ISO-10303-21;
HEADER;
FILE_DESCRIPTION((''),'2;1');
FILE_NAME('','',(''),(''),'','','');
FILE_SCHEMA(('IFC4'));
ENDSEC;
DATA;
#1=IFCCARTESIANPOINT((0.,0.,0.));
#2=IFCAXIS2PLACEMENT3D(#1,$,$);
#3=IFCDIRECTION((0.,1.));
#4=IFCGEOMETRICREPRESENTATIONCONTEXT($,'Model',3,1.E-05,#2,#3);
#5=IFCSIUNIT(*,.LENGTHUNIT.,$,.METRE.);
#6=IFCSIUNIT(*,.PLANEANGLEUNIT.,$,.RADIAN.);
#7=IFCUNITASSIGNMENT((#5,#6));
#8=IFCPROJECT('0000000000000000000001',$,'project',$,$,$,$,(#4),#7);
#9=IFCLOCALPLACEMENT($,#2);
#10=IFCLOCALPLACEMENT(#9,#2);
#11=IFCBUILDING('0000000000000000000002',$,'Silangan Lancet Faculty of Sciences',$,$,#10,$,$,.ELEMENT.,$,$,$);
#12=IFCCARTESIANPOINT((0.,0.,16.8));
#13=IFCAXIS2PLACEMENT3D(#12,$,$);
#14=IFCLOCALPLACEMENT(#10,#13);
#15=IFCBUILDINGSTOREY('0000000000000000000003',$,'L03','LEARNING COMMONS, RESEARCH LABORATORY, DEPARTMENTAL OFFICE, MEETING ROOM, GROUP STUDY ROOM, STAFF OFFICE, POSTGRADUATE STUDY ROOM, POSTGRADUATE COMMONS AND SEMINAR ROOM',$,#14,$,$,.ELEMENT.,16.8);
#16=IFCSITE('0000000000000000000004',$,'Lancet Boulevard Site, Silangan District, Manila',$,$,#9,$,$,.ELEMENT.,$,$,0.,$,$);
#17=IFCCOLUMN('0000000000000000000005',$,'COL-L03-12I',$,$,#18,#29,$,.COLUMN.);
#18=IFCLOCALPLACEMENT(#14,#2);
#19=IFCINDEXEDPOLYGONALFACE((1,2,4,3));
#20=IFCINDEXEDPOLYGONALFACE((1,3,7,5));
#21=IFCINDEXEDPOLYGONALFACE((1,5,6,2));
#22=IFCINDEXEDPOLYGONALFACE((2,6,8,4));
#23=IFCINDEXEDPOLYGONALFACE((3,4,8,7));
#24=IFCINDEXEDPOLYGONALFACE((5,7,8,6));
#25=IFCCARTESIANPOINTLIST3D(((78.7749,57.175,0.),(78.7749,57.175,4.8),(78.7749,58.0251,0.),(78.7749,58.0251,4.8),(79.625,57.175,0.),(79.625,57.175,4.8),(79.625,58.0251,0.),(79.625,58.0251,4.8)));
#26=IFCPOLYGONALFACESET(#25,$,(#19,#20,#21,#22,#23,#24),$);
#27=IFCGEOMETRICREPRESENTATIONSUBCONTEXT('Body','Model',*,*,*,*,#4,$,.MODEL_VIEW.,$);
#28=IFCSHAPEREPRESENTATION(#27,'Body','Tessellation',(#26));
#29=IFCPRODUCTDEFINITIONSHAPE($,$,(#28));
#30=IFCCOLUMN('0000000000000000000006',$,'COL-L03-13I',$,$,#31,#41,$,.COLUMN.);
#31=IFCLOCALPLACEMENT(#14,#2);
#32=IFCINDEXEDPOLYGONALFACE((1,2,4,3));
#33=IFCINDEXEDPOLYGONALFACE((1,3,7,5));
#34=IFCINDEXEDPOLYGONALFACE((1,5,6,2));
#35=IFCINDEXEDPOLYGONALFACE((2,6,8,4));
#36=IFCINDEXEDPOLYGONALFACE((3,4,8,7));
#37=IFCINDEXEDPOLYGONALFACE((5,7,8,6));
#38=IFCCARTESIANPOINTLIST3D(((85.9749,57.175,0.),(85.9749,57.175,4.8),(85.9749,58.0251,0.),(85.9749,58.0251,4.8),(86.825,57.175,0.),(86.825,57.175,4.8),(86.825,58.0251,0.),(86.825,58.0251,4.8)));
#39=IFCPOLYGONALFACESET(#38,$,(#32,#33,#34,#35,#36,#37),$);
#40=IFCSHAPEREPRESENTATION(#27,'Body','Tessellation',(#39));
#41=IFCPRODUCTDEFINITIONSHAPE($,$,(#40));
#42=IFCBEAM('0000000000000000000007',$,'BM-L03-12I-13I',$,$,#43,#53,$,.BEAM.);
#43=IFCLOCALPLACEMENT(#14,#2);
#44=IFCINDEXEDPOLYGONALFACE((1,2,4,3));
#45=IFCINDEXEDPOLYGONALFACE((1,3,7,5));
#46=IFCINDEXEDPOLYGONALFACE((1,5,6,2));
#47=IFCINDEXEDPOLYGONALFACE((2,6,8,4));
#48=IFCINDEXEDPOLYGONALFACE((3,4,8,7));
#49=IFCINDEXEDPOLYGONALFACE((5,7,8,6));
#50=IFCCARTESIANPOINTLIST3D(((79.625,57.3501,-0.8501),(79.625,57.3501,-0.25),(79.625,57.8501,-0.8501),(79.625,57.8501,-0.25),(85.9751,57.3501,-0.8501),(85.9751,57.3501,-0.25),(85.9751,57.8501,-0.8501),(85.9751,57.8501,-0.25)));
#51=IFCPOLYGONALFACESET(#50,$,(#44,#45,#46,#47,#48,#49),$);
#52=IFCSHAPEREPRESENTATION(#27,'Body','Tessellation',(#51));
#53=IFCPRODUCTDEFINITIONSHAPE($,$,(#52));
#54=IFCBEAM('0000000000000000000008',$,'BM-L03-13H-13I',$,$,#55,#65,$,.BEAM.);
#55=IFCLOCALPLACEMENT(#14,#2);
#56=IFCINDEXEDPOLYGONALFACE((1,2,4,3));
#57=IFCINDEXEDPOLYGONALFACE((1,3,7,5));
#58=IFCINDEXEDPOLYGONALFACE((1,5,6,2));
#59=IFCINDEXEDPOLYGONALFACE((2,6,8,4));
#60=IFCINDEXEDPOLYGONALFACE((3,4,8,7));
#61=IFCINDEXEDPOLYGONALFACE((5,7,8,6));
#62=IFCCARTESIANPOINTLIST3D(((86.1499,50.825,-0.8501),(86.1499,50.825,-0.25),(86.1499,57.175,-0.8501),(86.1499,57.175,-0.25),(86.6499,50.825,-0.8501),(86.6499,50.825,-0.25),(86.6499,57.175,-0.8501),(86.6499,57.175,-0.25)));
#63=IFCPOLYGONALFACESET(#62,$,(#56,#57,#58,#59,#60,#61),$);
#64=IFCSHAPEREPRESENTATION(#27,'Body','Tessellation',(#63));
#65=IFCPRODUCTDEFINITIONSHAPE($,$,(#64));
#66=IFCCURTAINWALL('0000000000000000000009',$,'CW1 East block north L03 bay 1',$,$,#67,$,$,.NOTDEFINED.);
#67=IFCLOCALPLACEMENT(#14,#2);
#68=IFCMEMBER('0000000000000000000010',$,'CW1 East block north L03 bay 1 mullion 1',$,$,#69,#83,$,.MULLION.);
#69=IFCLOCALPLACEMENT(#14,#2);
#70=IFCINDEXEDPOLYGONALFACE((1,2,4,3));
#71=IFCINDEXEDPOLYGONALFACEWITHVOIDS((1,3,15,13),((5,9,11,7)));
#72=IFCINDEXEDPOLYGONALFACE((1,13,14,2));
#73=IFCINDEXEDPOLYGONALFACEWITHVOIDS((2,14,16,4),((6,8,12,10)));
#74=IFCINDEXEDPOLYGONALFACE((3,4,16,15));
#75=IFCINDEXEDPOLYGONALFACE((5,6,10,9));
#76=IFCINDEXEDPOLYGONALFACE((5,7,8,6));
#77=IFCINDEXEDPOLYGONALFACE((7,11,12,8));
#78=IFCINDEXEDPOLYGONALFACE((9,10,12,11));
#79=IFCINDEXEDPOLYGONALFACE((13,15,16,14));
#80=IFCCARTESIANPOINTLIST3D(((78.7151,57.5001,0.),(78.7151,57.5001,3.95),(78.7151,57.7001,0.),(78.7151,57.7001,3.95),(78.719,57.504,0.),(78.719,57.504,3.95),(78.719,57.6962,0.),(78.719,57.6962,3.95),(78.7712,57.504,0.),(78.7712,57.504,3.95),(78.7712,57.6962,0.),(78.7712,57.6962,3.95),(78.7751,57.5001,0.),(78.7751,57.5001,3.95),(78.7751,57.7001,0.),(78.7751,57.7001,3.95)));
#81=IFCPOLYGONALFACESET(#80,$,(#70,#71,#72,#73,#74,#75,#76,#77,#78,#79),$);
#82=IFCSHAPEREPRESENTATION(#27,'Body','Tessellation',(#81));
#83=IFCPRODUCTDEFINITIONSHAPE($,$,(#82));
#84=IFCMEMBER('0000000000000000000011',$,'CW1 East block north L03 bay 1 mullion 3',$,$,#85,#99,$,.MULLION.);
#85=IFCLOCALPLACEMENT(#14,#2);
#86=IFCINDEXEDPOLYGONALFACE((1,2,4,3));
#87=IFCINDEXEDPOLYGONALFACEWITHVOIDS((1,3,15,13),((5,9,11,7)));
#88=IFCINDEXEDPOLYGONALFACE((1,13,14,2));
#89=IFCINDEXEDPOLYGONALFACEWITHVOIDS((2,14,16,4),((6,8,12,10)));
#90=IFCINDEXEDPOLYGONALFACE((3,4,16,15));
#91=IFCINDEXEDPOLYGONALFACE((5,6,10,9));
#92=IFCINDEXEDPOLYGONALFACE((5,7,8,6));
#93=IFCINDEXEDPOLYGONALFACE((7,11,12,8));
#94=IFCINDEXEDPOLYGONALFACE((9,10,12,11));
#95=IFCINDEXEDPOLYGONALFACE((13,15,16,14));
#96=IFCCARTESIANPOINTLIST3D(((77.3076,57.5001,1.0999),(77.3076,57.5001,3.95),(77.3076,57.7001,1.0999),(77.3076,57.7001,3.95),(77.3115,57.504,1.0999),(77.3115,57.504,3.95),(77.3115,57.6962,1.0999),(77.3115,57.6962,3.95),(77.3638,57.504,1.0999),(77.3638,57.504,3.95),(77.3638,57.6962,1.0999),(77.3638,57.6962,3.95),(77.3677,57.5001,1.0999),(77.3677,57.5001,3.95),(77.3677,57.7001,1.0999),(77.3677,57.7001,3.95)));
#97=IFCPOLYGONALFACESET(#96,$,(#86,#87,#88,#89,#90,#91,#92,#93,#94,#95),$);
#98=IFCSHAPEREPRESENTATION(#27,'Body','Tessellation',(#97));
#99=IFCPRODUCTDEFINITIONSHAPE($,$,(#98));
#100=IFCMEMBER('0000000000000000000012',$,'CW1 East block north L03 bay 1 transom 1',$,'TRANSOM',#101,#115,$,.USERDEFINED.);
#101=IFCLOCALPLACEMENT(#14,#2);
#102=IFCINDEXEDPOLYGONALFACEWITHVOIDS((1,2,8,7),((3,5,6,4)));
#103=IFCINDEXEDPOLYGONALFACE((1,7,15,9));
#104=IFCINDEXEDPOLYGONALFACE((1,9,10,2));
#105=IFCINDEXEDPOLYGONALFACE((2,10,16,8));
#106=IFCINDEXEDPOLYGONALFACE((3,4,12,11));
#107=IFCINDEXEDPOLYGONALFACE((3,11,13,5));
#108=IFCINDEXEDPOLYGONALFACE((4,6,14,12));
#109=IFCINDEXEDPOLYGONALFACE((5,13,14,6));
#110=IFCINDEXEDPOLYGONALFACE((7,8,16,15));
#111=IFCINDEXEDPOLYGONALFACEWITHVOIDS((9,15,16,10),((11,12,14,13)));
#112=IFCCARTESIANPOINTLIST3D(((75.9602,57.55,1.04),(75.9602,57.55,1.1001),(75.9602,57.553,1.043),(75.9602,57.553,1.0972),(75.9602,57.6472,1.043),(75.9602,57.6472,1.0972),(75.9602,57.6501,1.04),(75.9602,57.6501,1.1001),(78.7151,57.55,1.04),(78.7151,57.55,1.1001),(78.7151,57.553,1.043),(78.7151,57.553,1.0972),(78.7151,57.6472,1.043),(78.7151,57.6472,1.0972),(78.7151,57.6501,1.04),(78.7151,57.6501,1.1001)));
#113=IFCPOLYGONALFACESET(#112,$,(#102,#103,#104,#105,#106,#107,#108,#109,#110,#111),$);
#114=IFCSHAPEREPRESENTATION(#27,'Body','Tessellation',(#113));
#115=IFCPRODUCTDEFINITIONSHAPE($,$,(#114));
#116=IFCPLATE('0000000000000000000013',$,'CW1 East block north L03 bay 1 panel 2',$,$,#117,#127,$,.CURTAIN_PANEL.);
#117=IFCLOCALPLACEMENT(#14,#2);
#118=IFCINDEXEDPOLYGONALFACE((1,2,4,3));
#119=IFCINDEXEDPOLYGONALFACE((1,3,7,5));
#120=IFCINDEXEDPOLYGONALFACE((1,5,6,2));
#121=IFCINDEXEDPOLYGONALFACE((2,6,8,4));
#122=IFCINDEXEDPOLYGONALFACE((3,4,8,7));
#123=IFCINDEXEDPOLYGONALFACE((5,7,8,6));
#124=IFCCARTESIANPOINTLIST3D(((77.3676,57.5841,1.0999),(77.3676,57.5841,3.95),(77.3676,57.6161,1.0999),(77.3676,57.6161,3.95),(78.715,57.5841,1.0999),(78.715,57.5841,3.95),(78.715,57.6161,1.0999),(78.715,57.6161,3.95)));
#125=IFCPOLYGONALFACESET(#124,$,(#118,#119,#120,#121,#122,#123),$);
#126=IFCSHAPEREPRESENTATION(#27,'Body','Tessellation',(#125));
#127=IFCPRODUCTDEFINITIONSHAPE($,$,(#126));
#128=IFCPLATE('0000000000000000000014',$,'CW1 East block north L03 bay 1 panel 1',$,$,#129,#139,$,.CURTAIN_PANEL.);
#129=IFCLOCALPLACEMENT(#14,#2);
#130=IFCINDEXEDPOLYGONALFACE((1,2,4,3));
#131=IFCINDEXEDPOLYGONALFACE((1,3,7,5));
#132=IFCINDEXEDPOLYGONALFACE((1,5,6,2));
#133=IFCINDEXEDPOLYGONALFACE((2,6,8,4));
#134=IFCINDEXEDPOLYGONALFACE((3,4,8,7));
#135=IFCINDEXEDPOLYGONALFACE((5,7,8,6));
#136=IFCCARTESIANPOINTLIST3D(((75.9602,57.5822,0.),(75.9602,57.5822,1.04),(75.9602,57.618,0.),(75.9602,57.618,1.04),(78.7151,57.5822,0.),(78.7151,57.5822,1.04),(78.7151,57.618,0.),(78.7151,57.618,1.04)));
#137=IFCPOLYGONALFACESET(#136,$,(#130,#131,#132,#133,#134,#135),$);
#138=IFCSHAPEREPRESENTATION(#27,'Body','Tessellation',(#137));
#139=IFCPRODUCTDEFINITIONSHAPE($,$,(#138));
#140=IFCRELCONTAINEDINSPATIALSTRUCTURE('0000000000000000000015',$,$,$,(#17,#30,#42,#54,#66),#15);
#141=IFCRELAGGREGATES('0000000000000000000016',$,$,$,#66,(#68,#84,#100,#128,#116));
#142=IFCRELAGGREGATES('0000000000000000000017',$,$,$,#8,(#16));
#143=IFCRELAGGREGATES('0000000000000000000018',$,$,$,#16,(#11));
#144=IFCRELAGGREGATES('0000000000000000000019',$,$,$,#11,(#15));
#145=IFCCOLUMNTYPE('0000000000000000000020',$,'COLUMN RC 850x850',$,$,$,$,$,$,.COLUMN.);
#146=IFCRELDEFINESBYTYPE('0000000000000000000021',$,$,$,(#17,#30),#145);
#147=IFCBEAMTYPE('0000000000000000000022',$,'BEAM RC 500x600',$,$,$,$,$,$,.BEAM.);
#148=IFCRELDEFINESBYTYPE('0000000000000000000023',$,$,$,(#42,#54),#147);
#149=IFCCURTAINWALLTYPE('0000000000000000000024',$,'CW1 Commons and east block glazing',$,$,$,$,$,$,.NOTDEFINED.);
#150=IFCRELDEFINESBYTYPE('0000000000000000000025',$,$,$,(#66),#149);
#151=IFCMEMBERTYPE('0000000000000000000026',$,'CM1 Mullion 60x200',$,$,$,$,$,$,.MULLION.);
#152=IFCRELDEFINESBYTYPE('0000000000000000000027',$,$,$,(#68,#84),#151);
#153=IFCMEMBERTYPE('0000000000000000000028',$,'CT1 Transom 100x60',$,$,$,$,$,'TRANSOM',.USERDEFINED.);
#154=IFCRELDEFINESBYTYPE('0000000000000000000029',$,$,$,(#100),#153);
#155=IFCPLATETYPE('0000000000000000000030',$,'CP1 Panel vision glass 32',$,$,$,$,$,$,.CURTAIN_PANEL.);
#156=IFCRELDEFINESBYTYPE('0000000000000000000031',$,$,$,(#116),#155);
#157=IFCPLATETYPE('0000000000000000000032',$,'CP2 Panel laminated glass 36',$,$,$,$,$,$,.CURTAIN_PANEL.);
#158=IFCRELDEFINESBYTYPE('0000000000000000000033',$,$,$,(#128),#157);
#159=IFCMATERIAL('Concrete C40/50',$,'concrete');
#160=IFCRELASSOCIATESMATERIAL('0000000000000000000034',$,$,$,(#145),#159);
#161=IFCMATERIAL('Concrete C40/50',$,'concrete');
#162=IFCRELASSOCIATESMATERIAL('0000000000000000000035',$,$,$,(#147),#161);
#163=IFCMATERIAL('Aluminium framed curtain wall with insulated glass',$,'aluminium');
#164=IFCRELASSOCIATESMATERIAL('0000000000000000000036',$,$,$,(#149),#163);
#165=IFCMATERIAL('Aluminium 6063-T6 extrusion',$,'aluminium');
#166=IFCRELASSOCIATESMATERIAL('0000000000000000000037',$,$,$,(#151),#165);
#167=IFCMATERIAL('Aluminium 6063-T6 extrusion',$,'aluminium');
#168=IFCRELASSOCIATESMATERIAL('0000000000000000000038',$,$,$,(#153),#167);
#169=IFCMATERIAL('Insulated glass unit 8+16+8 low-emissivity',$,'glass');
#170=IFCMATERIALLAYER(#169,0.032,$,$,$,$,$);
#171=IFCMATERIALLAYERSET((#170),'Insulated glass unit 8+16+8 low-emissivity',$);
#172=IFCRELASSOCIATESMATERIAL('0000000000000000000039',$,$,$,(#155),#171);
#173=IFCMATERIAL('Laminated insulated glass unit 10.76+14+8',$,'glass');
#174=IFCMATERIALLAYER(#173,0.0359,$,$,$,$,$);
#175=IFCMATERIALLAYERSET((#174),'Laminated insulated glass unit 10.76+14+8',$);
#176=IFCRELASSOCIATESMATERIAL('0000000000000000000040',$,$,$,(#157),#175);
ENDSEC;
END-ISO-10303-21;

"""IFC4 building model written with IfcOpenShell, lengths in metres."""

from ifc_helpers import new_model, si_unit, direction, frame, origin, origin_2d, place, context, subcontext, project, spatial, rectangle, hollow_rectangle, extrude, material, layer, layer_set, material_profile, profile_set, type_object, element, aggregate, save


model = new_model("IFC4")

# Units and contexts
model_context = context("Model", 3, precision=1e-05, world=origin(), true_north=direction((0.0, 1.0)))
body_context = subcontext(model_context, "Body", "Model", "MODEL_VIEW")
ifc_project = project(units=[si_unit("LENGTHUNIT", "METRE"), si_unit("PLANEANGLEUNIT", "RADIAN")], contexts=[model_context])

# Site, building, storey
site_placement = place(None, origin())
site = spatial("IfcSite", under=ifc_project, at=site_placement, Name="Lancet Boulevard Site, Silangan District, Manila", CompositionType="ELEMENT", RefElevation=0.0)
building_placement = place(site_placement, origin())
building = spatial("IfcBuilding", under=site, at=building_placement, Name="Silangan Lancet Faculty of Sciences", CompositionType="ELEMENT")
storey_placement = place(building_placement, frame((0.0, 0.0, 16.8)))
storey = spatial("IfcBuildingStorey", under=building, at=storey_placement, Name="L03", Description="LEARNING COMMONS, RESEARCH LABORATORY, DEPARTMENTAL OFFICE, MEETING ROOM, GROUP STUDY ROOM, STAFF OFFICE, POSTGRADUATE STUDY ROOM, POSTGRADUATE COMMONS AND SEMINAR ROOM", CompositionType="ELEMENT", Elevation=16.8)

# Columns
ifc_material_1 = material(Name="Concrete C40/50", Category="concrete")
ifc_material_profile_1 = material_profile(ifc_material_1, rectangle(XDim=0.8501, YDim=0.8501, at=origin_2d()), Name="RC 850x850")
ifc_profile_set_1 = profile_set([ifc_material_profile_1], Name="Concrete C40/50")
column_type = type_object("IfcColumnType", Name="COLUMN RC 850x850", PredefinedType="COLUMN", material=ifc_profile_set_1)
for number, where, z_axis, x_axis, name in (
    (1, (79.2, 57.6001, 0.0), (0.0, 0.0, 1.0), (1.0, 0.0, 0.0), "COL-L03-12I"),
    (2, (86.3999, 57.6001, 0.0), (0.0, 0.0, 1.0), (1.0, 0.0, 0.0), "COL-L03-13I"),
):
    element("IfcColumn", number, at=place(storey_placement, frame(where, z_axis=z_axis, x_axis=x_axis)), inside=storey, type_object=column_type, Name=name, PredefinedType="COLUMN", context=body_context, shape_type="SweptSolid", body=[
        extrude(rectangle(XDim=0.8501, YDim=0.8501, at=origin_2d()), origin(), (0.0, 0.0, 1.0), 4.8),
    ])

# Beams
ifc_material_2 = material(Name="Concrete C40/50", Category="concrete")
ifc_material_profile_2 = material_profile(ifc_material_2, rectangle(XDim=0.5, YDim=0.6001, at=origin_2d()), Name="RC 500x600")
ifc_profile_set_2 = profile_set([ifc_material_profile_2], Name="Concrete C40/50")
beam_type = type_object("IfcBeamType", Name="BEAM RC 500x600", PredefinedType="BEAM", material=ifc_profile_set_2)
for number, where, z_axis, x_axis, name in (
    (3, (79.625, 57.6001, -0.55), (1.0, 0.0, 0.0), (0.0, 1.0, 0.0), "BM-L03-12I-13I"),
    (4, (86.3999, 50.825, -0.55), (0.0, 1.0, 0.0), (-1.0, 0.0, 0.0), "BM-L03-13H-13I"),
):
    element("IfcBeam", number, at=place(storey_placement, frame(where, z_axis=z_axis, x_axis=x_axis)), inside=storey, type_object=beam_type, Name=name, PredefinedType="BEAM", context=body_context, shape_type="SweptSolid", body=[
        extrude(rectangle(XDim=0.5, YDim=0.6001, at=origin_2d()), origin(), (0.0, 0.0, 1.0), 6.3501),
    ])

# Curtain wall, members, plates
ifc_material_3 = material(Name="Aluminium framed curtain wall with insulated glass", Category="aluminium")
curtain_wall_type = type_object("IfcCurtainWallType", Name="CW1 Commons and east block glazing", PredefinedType="NOTDEFINED", material=ifc_material_3)
curtain_wall_placement = place(storey_placement, origin())
curtain_wall = element("IfcCurtainWall", 5, at=curtain_wall_placement, inside=storey, type_object=curtain_wall_type, Name="CW1 East block north L03 bay 1", PredefinedType="NOTDEFINED")
ifc_material_4 = material(Name="Aluminium 6063-T6 extrusion", Category="aluminium")
ifc_material_profile_3 = material_profile(ifc_material_4, hollow_rectangle(XDim=0.0601, YDim=0.2, WallThickness=0.0039, at=origin_2d()), Name="AL BOX 60x200x4")
ifc_profile_set_3 = profile_set([ifc_material_profile_3], Name="Aluminium 6063-T6 extrusion")
member_type_1 = type_object("IfcMemberType", Name="CM1 Mullion 60x200", PredefinedType="MULLION", material=ifc_profile_set_3)
member_1_placement = place(storey_placement, frame((78.7451, 57.6001, 0.0), z_axis=(0.0, 0.0, 1.0), x_axis=(-1.0, 0.0, 0.0)))
member_1 = element("IfcMember", 6, at=member_1_placement, type_object=member_type_1, Name="CW1 East block north L03 bay 1 mullion 1", PredefinedType="MULLION", context=body_context, shape_type="SweptSolid", body=[
    extrude(hollow_rectangle(XDim=0.0601, YDim=0.2, WallThickness=0.0039, at=origin_2d()), origin(), (0.0, 0.0, 1.0), 3.95),
])
member_2_placement = place(storey_placement, frame((77.3376, 57.6001, 1.0999), z_axis=(0.0, 0.0, 1.0), x_axis=(-1.0, 0.0, 0.0)))
member_2 = element("IfcMember", 7, at=member_2_placement, type_object=member_type_1, Name="CW1 East block north L03 bay 1 mullion 3", PredefinedType="MULLION", context=body_context, shape_type="SweptSolid", body=[
    extrude(hollow_rectangle(XDim=0.0601, YDim=0.2, WallThickness=0.0039, at=origin_2d()), origin(), (0.0, 0.0, 1.0), 2.8501),
])
ifc_material_5 = material(Name="Aluminium 6063-T6 extrusion", Category="aluminium")
ifc_material_profile_4 = material_profile(ifc_material_5, hollow_rectangle(XDim=0.1001, YDim=0.0601, WallThickness=0.0029, at=origin_2d()), Name="AL BOX 100x60x3")
ifc_profile_set_4 = profile_set([ifc_material_profile_4], Name="Aluminium 6063-T6 extrusion")
member_type_2 = type_object("IfcMemberType", Name="CT1 Transom 100x60", ElementType="TRANSOM", PredefinedType="USERDEFINED", material=ifc_profile_set_4)
member_3_placement = place(storey_placement, frame((78.7151, 57.6001, 1.0701), z_axis=(-1.0, 0.0, 0.0), x_axis=(0.0, -1.0, 0.0)))
member_3 = element("IfcMember", 8, at=member_3_placement, type_object=member_type_2, Name="CW1 East block north L03 bay 1 transom 1", ObjectType="TRANSOM", PredefinedType="USERDEFINED", context=body_context, shape_type="SweptSolid", body=[
    extrude(hollow_rectangle(XDim=0.1001, YDim=0.0601, WallThickness=0.0029, at=origin_2d()), origin(), (0.0, 0.0, 1.0), 2.7549),
])
ifc_material_6 = material(Name="Insulated glass unit 8+16+8 low-emissivity", Category="glass")
ifc_layer_1 = layer(ifc_material_6, 0.032)
ifc_layer_set_1 = layer_set([ifc_layer_1], Name="Insulated glass unit 8+16+8 low-emissivity")
plate_type_1 = type_object("IfcPlateType", Name="CP1 Panel vision glass 32", PredefinedType="CURTAIN_PANEL", material=ifc_layer_set_1)
plate_1_placement = place(storey_placement, frame((78.0413, 57.6001, 1.0999), z_axis=(0.0, 0.0, 1.0), x_axis=(-1.0, 0.0, 0.0)))
plate_1 = element("IfcPlate", 9, at=plate_1_placement, type_object=plate_type_1, Name="CW1 East block north L03 bay 1 panel 2", PredefinedType="CURTAIN_PANEL", context=body_context, shape_type="SweptSolid", body=[
    extrude(rectangle(XDim=1.3474, YDim=0.032, at=origin_2d()), origin(), (0.0, 0.0, 1.0), 2.8501),
])
ifc_material_7 = material(Name="Laminated insulated glass unit 10.76+14+8", Category="glass")
ifc_layer_2 = layer(ifc_material_7, 0.0359)
ifc_layer_set_2 = layer_set([ifc_layer_2], Name="Laminated insulated glass unit 10.76+14+8")
plate_type_2 = type_object("IfcPlateType", Name="CP2 Panel laminated glass 36", PredefinedType="CURTAIN_PANEL", material=ifc_layer_set_2)
plate_2_placement = place(storey_placement, frame((77.3376, 57.6001, 0.0), z_axis=(0.0, 0.0, 1.0), x_axis=(-1.0, 0.0, 0.0)))
plate_2 = element("IfcPlate", 10, at=plate_2_placement, type_object=plate_type_2, Name="CW1 East block north L03 bay 1 panel 1", PredefinedType="CURTAIN_PANEL", context=body_context, shape_type="SweptSolid", body=[
    extrude(rectangle(XDim=2.7549, YDim=0.0359, at=origin_2d()), origin(), (0.0, 0.0, 1.0), 1.04),
])
aggregate(curtain_wall, [member_1, member_2, member_3, plate_2, plate_1])

save(model, "model.ifc")
